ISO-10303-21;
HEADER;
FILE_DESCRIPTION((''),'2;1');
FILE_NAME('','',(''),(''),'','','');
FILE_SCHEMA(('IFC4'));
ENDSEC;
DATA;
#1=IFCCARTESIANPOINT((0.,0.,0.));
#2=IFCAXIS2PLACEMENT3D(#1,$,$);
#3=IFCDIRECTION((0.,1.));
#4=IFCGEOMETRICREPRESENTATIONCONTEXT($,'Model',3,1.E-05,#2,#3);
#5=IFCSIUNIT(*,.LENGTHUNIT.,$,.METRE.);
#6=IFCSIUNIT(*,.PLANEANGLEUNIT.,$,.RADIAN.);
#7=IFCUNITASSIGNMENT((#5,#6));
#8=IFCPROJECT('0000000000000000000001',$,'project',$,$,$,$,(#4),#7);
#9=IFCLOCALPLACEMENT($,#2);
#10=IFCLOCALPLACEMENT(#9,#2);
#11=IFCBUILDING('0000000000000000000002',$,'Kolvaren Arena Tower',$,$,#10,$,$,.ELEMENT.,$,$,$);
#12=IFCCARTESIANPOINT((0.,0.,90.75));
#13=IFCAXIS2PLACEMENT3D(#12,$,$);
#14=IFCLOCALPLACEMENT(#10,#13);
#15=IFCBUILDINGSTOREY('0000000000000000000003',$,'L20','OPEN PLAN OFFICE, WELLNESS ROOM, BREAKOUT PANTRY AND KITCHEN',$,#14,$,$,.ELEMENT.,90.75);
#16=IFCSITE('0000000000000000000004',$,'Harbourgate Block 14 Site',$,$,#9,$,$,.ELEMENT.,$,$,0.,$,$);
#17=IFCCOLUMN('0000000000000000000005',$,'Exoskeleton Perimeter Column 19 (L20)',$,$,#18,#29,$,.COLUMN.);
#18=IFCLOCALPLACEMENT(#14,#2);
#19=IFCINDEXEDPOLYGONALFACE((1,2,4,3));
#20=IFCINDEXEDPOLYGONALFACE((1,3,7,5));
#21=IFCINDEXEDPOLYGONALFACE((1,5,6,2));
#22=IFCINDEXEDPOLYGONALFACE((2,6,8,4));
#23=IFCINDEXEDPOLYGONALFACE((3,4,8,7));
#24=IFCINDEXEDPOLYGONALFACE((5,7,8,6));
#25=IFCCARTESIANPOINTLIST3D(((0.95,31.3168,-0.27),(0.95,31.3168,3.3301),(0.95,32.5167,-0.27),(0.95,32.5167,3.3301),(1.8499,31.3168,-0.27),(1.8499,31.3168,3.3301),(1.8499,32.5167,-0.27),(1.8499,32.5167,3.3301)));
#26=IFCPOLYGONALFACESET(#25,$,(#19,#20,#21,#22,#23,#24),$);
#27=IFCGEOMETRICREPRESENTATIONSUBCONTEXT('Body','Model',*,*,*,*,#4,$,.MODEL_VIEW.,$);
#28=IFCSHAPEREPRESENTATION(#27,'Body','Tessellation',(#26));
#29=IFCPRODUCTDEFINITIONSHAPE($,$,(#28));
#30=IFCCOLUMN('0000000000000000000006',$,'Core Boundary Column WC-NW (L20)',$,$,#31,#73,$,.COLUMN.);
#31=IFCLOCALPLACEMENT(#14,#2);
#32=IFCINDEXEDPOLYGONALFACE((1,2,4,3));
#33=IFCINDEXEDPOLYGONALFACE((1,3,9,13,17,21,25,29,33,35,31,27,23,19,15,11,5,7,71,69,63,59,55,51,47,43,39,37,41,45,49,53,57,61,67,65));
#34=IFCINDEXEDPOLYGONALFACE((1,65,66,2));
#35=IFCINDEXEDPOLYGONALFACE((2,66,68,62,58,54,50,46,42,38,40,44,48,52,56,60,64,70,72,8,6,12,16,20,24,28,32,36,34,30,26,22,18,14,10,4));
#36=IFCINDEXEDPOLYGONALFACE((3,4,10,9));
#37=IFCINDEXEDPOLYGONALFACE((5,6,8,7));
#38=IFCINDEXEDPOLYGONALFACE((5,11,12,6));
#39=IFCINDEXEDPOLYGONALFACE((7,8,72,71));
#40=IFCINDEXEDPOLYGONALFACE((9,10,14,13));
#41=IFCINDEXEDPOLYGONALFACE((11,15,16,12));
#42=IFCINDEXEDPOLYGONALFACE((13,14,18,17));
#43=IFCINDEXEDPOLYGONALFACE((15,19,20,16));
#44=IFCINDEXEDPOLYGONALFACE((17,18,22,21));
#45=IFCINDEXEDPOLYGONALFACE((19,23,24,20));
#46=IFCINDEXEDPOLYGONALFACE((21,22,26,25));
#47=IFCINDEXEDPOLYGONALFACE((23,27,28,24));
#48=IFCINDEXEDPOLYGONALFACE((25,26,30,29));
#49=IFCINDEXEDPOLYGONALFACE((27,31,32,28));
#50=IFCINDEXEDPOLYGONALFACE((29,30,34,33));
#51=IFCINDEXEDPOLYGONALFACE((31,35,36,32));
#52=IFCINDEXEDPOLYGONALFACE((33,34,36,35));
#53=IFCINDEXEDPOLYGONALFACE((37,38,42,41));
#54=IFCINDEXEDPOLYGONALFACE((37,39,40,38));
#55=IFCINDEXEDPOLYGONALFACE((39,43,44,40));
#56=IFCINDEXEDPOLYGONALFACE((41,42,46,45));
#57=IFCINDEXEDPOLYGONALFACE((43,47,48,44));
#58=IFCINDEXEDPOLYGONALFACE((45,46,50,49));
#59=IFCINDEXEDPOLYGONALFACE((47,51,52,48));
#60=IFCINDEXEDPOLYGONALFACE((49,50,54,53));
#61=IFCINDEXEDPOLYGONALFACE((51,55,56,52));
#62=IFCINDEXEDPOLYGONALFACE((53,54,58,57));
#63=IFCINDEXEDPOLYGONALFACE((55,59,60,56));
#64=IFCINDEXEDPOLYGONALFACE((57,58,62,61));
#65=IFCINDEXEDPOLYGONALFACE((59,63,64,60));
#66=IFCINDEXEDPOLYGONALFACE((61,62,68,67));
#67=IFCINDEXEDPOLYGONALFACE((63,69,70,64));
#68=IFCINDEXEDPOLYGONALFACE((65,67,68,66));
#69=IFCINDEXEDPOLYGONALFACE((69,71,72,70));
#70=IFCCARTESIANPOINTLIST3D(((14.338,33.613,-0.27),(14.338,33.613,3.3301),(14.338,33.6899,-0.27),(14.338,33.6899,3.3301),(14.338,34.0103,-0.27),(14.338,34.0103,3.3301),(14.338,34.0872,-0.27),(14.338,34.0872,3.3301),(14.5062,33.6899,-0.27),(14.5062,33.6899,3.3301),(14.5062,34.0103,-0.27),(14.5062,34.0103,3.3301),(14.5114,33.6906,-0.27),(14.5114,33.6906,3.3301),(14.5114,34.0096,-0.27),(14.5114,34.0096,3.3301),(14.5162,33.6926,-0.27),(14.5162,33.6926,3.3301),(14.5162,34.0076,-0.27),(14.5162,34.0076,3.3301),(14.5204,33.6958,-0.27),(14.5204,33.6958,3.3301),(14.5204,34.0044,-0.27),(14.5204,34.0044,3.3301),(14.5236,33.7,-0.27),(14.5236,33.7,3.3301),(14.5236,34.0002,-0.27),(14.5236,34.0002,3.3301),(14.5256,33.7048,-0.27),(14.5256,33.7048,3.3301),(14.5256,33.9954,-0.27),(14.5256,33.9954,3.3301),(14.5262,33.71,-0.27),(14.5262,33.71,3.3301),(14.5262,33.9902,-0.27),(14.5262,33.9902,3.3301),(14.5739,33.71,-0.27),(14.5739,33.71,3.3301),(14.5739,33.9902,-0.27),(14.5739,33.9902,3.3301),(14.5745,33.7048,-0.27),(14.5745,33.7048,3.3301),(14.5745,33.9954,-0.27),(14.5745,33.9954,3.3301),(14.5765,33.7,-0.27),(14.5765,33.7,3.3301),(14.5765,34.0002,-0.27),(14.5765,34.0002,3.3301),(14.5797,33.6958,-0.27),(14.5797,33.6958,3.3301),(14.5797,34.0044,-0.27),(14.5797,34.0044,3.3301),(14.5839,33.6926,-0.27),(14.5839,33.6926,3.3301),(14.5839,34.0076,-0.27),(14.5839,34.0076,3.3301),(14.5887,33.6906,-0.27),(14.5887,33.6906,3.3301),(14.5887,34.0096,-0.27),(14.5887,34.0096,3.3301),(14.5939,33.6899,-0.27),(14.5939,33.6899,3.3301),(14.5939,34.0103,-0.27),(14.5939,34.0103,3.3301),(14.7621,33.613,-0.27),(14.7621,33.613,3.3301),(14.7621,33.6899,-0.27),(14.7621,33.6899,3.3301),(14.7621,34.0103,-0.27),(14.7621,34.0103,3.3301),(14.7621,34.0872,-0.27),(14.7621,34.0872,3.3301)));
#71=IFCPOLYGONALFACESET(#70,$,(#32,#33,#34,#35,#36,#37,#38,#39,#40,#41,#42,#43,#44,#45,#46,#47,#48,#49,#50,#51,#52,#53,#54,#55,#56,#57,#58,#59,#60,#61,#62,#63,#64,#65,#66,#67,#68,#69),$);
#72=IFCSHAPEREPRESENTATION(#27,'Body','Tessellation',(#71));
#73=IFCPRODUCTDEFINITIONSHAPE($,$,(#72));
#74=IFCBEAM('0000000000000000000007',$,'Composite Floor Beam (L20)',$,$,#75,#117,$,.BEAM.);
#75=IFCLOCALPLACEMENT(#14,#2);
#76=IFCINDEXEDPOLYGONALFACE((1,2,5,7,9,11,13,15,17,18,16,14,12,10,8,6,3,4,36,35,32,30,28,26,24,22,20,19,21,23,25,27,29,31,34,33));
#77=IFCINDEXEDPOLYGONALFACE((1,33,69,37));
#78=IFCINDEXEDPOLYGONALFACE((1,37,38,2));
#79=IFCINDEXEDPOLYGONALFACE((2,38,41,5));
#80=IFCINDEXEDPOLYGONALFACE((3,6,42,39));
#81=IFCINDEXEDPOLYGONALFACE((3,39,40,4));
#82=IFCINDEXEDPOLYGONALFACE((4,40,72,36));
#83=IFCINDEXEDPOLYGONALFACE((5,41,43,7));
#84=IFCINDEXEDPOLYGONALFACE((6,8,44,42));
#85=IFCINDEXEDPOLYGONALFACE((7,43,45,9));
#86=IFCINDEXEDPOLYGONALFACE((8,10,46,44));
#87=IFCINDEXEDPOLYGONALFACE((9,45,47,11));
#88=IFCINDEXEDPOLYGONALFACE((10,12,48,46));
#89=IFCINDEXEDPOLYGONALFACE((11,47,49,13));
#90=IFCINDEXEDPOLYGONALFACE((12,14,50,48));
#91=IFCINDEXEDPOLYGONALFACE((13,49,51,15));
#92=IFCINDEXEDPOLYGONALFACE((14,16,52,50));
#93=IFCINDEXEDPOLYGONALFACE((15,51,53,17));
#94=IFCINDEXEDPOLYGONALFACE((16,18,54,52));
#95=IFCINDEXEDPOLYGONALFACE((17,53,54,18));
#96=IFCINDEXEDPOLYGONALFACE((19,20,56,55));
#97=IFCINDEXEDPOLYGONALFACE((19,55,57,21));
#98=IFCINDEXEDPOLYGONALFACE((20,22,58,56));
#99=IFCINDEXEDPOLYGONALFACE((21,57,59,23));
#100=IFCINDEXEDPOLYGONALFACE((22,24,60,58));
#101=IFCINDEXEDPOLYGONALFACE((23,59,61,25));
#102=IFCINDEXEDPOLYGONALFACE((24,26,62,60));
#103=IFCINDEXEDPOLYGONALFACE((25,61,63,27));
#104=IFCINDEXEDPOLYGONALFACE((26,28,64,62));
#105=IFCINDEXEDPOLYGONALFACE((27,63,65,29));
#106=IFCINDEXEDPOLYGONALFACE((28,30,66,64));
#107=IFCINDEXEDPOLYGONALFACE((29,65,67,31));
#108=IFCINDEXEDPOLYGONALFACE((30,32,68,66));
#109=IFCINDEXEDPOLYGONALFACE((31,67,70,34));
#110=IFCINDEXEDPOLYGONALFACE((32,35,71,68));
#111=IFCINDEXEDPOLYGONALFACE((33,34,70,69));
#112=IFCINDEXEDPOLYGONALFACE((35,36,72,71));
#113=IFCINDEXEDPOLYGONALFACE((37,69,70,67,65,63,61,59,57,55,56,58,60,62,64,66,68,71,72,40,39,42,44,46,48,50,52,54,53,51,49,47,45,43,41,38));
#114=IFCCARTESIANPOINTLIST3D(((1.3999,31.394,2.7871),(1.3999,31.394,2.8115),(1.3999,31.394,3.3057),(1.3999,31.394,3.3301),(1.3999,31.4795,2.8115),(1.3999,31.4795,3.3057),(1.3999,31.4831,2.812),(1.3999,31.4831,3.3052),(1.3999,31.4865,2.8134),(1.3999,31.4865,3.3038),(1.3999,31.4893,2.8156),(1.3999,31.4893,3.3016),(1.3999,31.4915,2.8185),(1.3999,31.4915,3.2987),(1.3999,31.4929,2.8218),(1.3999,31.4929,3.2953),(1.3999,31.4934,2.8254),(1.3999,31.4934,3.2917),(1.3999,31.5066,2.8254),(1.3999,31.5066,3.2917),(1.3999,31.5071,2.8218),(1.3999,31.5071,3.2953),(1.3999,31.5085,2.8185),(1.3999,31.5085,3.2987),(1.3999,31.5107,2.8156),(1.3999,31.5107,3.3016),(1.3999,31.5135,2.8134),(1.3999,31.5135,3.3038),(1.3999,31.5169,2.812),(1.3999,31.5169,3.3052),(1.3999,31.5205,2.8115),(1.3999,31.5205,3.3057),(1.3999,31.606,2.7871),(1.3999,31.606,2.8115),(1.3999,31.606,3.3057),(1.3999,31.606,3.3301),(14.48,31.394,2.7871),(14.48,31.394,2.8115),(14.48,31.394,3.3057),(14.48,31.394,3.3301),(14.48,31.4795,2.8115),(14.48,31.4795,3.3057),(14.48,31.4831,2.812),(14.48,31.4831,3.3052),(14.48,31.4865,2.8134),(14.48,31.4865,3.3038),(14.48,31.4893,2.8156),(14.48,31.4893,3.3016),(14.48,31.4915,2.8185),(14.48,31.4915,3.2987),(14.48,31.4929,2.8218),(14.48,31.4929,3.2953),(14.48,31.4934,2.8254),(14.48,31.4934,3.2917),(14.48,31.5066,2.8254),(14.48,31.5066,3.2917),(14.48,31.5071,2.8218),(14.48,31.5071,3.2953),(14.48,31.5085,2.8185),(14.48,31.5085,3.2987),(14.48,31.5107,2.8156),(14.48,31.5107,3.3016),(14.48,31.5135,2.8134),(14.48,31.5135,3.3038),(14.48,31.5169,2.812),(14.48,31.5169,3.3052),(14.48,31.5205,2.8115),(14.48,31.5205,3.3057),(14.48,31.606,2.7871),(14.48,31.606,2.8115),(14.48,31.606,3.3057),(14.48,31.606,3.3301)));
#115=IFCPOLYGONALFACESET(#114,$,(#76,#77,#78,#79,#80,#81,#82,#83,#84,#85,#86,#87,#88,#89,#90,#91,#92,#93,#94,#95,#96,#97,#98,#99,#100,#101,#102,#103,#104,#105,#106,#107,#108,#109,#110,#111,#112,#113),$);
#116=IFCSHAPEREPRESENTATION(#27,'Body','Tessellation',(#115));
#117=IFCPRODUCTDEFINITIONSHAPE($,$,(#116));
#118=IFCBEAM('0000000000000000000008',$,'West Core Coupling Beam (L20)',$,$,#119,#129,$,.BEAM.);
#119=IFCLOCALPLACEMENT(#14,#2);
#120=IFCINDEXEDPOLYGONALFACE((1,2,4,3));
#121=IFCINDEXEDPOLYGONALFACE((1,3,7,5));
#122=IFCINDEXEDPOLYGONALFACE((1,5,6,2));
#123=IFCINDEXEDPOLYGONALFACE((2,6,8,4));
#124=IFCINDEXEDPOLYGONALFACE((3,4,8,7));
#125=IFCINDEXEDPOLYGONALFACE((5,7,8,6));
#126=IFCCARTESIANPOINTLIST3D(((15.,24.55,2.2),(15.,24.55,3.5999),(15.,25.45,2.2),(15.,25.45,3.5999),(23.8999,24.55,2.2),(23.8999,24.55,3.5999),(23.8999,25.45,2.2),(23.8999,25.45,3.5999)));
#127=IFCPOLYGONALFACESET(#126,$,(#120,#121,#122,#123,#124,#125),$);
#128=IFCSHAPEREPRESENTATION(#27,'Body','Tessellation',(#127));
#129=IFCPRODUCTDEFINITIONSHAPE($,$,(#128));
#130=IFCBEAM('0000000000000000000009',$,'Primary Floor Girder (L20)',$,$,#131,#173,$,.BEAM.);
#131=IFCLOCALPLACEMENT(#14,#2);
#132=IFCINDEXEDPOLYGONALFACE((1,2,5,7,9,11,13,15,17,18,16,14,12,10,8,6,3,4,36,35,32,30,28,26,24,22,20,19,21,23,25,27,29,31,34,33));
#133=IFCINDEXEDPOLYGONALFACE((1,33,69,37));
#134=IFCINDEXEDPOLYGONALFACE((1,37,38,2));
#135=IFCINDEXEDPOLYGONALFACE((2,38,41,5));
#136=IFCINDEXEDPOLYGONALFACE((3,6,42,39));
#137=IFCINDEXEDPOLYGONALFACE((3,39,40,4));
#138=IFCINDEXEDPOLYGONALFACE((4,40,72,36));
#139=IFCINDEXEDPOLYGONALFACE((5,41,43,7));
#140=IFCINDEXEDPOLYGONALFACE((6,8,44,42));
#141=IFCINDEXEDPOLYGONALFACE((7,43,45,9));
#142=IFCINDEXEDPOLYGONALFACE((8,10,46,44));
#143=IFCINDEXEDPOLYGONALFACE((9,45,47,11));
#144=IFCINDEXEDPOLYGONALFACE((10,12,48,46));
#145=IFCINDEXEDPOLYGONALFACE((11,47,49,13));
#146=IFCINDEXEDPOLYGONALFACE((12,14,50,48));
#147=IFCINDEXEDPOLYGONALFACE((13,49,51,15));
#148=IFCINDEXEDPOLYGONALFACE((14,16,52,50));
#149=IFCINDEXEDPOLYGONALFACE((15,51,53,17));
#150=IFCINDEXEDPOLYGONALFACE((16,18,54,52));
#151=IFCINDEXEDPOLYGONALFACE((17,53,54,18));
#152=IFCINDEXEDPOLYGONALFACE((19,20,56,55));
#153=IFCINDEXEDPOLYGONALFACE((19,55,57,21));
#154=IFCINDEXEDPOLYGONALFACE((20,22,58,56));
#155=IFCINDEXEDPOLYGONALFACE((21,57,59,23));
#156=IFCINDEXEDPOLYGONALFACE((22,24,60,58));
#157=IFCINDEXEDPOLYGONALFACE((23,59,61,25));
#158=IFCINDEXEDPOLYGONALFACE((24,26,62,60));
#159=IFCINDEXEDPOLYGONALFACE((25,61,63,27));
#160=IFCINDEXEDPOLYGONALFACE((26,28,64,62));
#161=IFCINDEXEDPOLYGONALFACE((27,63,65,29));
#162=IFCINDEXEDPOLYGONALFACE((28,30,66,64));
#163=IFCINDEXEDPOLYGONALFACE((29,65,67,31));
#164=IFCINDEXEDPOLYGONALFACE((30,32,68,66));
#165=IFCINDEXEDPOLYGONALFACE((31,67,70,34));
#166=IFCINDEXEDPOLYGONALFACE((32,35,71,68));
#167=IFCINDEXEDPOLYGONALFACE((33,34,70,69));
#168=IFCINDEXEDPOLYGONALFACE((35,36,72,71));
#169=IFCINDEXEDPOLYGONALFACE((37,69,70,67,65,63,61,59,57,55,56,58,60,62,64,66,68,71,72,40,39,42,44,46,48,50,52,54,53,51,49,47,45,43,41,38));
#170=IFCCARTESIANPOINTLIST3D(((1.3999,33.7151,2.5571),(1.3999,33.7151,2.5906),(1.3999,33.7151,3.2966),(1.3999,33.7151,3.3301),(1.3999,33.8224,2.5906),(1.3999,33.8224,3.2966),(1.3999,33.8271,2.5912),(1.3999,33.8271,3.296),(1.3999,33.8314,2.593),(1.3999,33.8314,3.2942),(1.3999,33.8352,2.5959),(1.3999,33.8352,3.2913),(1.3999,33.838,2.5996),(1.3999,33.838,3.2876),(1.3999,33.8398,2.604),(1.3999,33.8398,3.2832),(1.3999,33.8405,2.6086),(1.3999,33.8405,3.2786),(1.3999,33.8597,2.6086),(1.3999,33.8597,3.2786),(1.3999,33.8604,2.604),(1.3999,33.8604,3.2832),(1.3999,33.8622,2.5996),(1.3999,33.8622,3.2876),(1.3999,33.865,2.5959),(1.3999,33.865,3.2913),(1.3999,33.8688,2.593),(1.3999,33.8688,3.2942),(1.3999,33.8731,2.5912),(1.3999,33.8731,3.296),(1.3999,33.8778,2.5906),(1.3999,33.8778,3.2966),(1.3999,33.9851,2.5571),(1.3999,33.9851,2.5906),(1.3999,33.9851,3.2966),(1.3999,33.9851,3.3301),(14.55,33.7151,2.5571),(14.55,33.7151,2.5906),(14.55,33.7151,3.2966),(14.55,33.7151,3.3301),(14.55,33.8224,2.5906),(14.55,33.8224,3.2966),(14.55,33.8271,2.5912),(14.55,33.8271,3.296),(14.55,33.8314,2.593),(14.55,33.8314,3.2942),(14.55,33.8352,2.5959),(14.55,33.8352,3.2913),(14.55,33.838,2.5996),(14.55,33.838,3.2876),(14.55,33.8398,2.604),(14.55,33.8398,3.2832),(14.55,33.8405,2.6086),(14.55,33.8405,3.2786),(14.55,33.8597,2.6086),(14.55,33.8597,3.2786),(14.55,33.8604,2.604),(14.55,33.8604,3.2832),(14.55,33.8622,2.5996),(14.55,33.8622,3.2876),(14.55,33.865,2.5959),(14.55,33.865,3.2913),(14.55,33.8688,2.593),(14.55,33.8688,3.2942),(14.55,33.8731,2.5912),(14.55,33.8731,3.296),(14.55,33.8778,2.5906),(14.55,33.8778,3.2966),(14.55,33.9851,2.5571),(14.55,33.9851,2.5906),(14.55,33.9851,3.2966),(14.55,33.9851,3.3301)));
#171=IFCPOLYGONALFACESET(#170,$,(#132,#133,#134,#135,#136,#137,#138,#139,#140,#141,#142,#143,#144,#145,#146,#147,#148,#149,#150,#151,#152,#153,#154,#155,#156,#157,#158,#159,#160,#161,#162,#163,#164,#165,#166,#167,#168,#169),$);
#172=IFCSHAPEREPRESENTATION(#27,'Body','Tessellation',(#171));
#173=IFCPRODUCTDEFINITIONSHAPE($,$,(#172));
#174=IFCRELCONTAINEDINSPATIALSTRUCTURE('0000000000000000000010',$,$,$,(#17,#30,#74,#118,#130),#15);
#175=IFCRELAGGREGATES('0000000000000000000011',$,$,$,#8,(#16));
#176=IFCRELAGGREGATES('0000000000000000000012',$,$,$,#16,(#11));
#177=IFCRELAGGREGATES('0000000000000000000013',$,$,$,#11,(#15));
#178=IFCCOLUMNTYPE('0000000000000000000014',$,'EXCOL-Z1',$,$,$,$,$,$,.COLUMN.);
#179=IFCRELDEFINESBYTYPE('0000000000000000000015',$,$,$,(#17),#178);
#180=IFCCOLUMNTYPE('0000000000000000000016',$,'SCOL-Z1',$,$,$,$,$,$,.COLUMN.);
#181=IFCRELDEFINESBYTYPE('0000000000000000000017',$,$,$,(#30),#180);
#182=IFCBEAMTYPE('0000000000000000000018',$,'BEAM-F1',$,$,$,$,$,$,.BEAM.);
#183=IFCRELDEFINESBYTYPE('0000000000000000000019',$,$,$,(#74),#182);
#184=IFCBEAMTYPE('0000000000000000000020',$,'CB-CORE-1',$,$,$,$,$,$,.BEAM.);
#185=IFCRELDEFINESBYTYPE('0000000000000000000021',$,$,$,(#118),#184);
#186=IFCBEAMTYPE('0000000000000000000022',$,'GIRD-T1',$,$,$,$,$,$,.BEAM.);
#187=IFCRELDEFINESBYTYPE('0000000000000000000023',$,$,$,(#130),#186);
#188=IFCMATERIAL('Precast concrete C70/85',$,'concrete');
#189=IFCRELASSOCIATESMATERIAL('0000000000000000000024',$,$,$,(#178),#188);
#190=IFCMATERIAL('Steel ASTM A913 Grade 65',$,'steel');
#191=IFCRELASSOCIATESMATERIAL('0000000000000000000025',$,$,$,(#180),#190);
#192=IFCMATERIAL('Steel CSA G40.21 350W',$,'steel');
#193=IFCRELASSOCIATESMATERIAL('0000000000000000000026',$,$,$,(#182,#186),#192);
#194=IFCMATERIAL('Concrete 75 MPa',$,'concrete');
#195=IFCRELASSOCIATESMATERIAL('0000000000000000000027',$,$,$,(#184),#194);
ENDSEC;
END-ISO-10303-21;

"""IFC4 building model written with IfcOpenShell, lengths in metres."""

from ifc_helpers import new_model, si_unit, direction, frame, origin, origin_2d, place, context, subcontext, project, spatial, rectangle, i_section, extrude, material, material_profile, profile_set, type_object, element, save


model = new_model("IFC4")

# Units and contexts
model_context = context("Model", 3, precision=1e-05, world=origin(), true_north=direction((0.0, 1.0)))
body_context = subcontext(model_context, "Body", "Model", "MODEL_VIEW")
ifc_project = project(units=[si_unit("LENGTHUNIT", "METRE"), si_unit("PLANEANGLEUNIT", "RADIAN")], contexts=[model_context])

# Site, building, storey
site_placement = place(None, origin())
site = spatial("IfcSite", under=ifc_project, at=site_placement, Name="Harbourgate Block 14 Site", CompositionType="ELEMENT", RefElevation=0.0)
building_placement = place(site_placement, origin())
building = spatial("IfcBuilding", under=site, at=building_placement, Name="Kolvaren Arena Tower", CompositionType="ELEMENT")
storey_placement = place(building_placement, frame((0.0, 0.0, 90.75)))
storey = spatial("IfcBuildingStorey", under=building, at=storey_placement, Name="L20", Description="OPEN PLAN OFFICE, WELLNESS ROOM, BREAKOUT PANTRY AND KITCHEN", CompositionType="ELEMENT", Elevation=90.75)

# Columns
ifc_material_1 = material(Name="Precast concrete C70/85", Category="concrete")
ifc_material_profile_1 = material_profile(ifc_material_1, rectangle(XDim=1.2, YDim=0.8999, at=origin_2d()), Name="RC-1200x900")
ifc_profile_set_1 = profile_set([ifc_material_profile_1], Name="Precast concrete C70/85")
column_type_1 = type_object("IfcColumnType", Name="EXCOL-Z1", PredefinedType="COLUMN", material=ifc_profile_set_1)
column_1_placement = place(storey_placement, frame((1.3999, 31.9167, -0.27), z_axis=(0.0, 0.0, 1.0), x_axis=(0.0, 1.0, 0.0)))
element("IfcColumn", 1, at=column_1_placement, inside=storey, type_object=column_type_1, Name="Exoskeleton Perimeter Column 19 (L20)", PredefinedType="COLUMN", context=body_context, shape_type="SweptSolid", body=[
    extrude(rectangle(XDim=1.2, YDim=0.8999, at=origin_2d()), origin(), (0.0, 0.0, 1.0), 3.6001),
])
ifc_material_2 = material(Name="Steel ASTM A913 Grade 65", Category="steel")
ifc_material_profile_2 = material_profile(ifc_material_2, i_section(OverallWidth=0.4241, OverallDepth=0.4741, WebThickness=0.0476, FlangeThickness=0.0769, FilletRadius=0.02, at=origin_2d()), Name="W360x634")
ifc_profile_set_2 = profile_set([ifc_material_profile_2], Name="Steel ASTM A913 Grade 65")
column_type_2 = type_object("IfcColumnType", Name="SCOL-Z1", PredefinedType="COLUMN", material=ifc_profile_set_2)
column_2_placement = place(storey_placement, frame((14.55, 33.8501, -0.27), z_axis=(0.0, 0.0, 1.0), x_axis=(1.0, 0.0, 0.0)))
element("IfcColumn", 2, at=column_2_placement, inside=storey, type_object=column_type_2, Name="Core Boundary Column WC-NW (L20)", PredefinedType="COLUMN", context=body_context, shape_type="SweptSolid", body=[
    extrude(i_section(OverallWidth=0.4241, OverallDepth=0.4741, WebThickness=0.0476, FlangeThickness=0.0769, FilletRadius=0.02, at=origin_2d()), origin(), (0.0, 0.0, 1.0), 3.6001),
])

# Beams
ifc_material_3 = material(Name="Steel CSA G40.21 350W", Category="steel")
ifc_material_profile_3 = material_profile(ifc_material_3, i_section(OverallWidth=0.2119, OverallDepth=0.543, WebThickness=0.0132, FlangeThickness=0.0244, FilletRadius=0.0139, at=origin_2d()), Name="W530x150")
ifc_profile_set_3 = profile_set([ifc_material_profile_3], Name="Steel CSA G40.21 350W")
beam_type_1 = type_object("IfcBeamType", Name="BEAM-F1", PredefinedType="BEAM", material=ifc_profile_set_3)
beam_1_placement = place(storey_placement, frame((1.3999, 31.5, 3.0586), z_axis=(1.0, 0.0, 0.0), x_axis=(0.0, 1.0, 0.0)))
element("IfcBeam", 3, at=beam_1_placement, inside=storey, type_object=beam_type_1, Name="Composite Floor Beam (L20)", PredefinedType="BEAM", context=body_context, shape_type="SweptSolid", body=[
    extrude(i_section(OverallWidth=0.2119, OverallDepth=0.543, WebThickness=0.0132, FlangeThickness=0.0244, FilletRadius=0.0139, at=origin_2d()), origin(), (0.0, 0.0, 1.0), 13.0801),
])
ifc_material_4 = material(Name="Concrete 75 MPa", Category="concrete")
ifc_material_profile_4 = material_profile(ifc_material_4, rectangle(XDim=0.8999, YDim=1.3999, at=origin_2d()), Name="RC-900x1400")
ifc_profile_set_4 = profile_set([ifc_material_profile_4], Name="Concrete 75 MPa")
beam_type_2 = type_object("IfcBeamType", Name="CB-CORE-1", PredefinedType="BEAM", material=ifc_profile_set_4)
beam_2_placement = place(storey_placement, frame((15.0, 25.0, 2.8999), z_axis=(1.0, 0.0, 0.0), x_axis=(0.0, 1.0, 0.0)))
element("IfcBeam", 4, at=beam_2_placement, inside=storey, type_object=beam_type_2, Name="West Core Coupling Beam (L20)", PredefinedType="BEAM", context=body_context, shape_type="SweptSolid", body=[
    extrude(rectangle(XDim=0.8999, YDim=1.3999, at=origin_2d()), origin(), (0.0, 0.0, 1.0), 8.8999),
])
ifc_material_profile_5 = material_profile(ifc_material_3, i_section(OverallWidth=0.27, OverallDepth=0.7729, WebThickness=0.0193, FlangeThickness=0.0334, FilletRadius=0.0181, at=origin_2d()), Name="W760x257")
ifc_profile_set_5 = profile_set([ifc_material_profile_5], Name="Steel CSA G40.21 350W")
beam_type_3 = type_object("IfcBeamType", Name="GIRD-T1", PredefinedType="BEAM", material=ifc_profile_set_5)
beam_3_placement = place(storey_placement, frame((1.3999, 33.8501, 2.9436), z_axis=(1.0, 0.0, 0.0), x_axis=(0.0, 1.0, 0.0)))
element("IfcBeam", 5, at=beam_3_placement, inside=storey, type_object=beam_type_3, Name="Primary Floor Girder (L20)", PredefinedType="BEAM", context=body_context, shape_type="SweptSolid", body=[
    extrude(i_section(OverallWidth=0.27, OverallDepth=0.7729, WebThickness=0.0193, FlangeThickness=0.0334, FilletRadius=0.0181, at=origin_2d()), origin(), (0.0, 0.0, 1.0), 13.1501),
])

save(model, "model.ifc")
